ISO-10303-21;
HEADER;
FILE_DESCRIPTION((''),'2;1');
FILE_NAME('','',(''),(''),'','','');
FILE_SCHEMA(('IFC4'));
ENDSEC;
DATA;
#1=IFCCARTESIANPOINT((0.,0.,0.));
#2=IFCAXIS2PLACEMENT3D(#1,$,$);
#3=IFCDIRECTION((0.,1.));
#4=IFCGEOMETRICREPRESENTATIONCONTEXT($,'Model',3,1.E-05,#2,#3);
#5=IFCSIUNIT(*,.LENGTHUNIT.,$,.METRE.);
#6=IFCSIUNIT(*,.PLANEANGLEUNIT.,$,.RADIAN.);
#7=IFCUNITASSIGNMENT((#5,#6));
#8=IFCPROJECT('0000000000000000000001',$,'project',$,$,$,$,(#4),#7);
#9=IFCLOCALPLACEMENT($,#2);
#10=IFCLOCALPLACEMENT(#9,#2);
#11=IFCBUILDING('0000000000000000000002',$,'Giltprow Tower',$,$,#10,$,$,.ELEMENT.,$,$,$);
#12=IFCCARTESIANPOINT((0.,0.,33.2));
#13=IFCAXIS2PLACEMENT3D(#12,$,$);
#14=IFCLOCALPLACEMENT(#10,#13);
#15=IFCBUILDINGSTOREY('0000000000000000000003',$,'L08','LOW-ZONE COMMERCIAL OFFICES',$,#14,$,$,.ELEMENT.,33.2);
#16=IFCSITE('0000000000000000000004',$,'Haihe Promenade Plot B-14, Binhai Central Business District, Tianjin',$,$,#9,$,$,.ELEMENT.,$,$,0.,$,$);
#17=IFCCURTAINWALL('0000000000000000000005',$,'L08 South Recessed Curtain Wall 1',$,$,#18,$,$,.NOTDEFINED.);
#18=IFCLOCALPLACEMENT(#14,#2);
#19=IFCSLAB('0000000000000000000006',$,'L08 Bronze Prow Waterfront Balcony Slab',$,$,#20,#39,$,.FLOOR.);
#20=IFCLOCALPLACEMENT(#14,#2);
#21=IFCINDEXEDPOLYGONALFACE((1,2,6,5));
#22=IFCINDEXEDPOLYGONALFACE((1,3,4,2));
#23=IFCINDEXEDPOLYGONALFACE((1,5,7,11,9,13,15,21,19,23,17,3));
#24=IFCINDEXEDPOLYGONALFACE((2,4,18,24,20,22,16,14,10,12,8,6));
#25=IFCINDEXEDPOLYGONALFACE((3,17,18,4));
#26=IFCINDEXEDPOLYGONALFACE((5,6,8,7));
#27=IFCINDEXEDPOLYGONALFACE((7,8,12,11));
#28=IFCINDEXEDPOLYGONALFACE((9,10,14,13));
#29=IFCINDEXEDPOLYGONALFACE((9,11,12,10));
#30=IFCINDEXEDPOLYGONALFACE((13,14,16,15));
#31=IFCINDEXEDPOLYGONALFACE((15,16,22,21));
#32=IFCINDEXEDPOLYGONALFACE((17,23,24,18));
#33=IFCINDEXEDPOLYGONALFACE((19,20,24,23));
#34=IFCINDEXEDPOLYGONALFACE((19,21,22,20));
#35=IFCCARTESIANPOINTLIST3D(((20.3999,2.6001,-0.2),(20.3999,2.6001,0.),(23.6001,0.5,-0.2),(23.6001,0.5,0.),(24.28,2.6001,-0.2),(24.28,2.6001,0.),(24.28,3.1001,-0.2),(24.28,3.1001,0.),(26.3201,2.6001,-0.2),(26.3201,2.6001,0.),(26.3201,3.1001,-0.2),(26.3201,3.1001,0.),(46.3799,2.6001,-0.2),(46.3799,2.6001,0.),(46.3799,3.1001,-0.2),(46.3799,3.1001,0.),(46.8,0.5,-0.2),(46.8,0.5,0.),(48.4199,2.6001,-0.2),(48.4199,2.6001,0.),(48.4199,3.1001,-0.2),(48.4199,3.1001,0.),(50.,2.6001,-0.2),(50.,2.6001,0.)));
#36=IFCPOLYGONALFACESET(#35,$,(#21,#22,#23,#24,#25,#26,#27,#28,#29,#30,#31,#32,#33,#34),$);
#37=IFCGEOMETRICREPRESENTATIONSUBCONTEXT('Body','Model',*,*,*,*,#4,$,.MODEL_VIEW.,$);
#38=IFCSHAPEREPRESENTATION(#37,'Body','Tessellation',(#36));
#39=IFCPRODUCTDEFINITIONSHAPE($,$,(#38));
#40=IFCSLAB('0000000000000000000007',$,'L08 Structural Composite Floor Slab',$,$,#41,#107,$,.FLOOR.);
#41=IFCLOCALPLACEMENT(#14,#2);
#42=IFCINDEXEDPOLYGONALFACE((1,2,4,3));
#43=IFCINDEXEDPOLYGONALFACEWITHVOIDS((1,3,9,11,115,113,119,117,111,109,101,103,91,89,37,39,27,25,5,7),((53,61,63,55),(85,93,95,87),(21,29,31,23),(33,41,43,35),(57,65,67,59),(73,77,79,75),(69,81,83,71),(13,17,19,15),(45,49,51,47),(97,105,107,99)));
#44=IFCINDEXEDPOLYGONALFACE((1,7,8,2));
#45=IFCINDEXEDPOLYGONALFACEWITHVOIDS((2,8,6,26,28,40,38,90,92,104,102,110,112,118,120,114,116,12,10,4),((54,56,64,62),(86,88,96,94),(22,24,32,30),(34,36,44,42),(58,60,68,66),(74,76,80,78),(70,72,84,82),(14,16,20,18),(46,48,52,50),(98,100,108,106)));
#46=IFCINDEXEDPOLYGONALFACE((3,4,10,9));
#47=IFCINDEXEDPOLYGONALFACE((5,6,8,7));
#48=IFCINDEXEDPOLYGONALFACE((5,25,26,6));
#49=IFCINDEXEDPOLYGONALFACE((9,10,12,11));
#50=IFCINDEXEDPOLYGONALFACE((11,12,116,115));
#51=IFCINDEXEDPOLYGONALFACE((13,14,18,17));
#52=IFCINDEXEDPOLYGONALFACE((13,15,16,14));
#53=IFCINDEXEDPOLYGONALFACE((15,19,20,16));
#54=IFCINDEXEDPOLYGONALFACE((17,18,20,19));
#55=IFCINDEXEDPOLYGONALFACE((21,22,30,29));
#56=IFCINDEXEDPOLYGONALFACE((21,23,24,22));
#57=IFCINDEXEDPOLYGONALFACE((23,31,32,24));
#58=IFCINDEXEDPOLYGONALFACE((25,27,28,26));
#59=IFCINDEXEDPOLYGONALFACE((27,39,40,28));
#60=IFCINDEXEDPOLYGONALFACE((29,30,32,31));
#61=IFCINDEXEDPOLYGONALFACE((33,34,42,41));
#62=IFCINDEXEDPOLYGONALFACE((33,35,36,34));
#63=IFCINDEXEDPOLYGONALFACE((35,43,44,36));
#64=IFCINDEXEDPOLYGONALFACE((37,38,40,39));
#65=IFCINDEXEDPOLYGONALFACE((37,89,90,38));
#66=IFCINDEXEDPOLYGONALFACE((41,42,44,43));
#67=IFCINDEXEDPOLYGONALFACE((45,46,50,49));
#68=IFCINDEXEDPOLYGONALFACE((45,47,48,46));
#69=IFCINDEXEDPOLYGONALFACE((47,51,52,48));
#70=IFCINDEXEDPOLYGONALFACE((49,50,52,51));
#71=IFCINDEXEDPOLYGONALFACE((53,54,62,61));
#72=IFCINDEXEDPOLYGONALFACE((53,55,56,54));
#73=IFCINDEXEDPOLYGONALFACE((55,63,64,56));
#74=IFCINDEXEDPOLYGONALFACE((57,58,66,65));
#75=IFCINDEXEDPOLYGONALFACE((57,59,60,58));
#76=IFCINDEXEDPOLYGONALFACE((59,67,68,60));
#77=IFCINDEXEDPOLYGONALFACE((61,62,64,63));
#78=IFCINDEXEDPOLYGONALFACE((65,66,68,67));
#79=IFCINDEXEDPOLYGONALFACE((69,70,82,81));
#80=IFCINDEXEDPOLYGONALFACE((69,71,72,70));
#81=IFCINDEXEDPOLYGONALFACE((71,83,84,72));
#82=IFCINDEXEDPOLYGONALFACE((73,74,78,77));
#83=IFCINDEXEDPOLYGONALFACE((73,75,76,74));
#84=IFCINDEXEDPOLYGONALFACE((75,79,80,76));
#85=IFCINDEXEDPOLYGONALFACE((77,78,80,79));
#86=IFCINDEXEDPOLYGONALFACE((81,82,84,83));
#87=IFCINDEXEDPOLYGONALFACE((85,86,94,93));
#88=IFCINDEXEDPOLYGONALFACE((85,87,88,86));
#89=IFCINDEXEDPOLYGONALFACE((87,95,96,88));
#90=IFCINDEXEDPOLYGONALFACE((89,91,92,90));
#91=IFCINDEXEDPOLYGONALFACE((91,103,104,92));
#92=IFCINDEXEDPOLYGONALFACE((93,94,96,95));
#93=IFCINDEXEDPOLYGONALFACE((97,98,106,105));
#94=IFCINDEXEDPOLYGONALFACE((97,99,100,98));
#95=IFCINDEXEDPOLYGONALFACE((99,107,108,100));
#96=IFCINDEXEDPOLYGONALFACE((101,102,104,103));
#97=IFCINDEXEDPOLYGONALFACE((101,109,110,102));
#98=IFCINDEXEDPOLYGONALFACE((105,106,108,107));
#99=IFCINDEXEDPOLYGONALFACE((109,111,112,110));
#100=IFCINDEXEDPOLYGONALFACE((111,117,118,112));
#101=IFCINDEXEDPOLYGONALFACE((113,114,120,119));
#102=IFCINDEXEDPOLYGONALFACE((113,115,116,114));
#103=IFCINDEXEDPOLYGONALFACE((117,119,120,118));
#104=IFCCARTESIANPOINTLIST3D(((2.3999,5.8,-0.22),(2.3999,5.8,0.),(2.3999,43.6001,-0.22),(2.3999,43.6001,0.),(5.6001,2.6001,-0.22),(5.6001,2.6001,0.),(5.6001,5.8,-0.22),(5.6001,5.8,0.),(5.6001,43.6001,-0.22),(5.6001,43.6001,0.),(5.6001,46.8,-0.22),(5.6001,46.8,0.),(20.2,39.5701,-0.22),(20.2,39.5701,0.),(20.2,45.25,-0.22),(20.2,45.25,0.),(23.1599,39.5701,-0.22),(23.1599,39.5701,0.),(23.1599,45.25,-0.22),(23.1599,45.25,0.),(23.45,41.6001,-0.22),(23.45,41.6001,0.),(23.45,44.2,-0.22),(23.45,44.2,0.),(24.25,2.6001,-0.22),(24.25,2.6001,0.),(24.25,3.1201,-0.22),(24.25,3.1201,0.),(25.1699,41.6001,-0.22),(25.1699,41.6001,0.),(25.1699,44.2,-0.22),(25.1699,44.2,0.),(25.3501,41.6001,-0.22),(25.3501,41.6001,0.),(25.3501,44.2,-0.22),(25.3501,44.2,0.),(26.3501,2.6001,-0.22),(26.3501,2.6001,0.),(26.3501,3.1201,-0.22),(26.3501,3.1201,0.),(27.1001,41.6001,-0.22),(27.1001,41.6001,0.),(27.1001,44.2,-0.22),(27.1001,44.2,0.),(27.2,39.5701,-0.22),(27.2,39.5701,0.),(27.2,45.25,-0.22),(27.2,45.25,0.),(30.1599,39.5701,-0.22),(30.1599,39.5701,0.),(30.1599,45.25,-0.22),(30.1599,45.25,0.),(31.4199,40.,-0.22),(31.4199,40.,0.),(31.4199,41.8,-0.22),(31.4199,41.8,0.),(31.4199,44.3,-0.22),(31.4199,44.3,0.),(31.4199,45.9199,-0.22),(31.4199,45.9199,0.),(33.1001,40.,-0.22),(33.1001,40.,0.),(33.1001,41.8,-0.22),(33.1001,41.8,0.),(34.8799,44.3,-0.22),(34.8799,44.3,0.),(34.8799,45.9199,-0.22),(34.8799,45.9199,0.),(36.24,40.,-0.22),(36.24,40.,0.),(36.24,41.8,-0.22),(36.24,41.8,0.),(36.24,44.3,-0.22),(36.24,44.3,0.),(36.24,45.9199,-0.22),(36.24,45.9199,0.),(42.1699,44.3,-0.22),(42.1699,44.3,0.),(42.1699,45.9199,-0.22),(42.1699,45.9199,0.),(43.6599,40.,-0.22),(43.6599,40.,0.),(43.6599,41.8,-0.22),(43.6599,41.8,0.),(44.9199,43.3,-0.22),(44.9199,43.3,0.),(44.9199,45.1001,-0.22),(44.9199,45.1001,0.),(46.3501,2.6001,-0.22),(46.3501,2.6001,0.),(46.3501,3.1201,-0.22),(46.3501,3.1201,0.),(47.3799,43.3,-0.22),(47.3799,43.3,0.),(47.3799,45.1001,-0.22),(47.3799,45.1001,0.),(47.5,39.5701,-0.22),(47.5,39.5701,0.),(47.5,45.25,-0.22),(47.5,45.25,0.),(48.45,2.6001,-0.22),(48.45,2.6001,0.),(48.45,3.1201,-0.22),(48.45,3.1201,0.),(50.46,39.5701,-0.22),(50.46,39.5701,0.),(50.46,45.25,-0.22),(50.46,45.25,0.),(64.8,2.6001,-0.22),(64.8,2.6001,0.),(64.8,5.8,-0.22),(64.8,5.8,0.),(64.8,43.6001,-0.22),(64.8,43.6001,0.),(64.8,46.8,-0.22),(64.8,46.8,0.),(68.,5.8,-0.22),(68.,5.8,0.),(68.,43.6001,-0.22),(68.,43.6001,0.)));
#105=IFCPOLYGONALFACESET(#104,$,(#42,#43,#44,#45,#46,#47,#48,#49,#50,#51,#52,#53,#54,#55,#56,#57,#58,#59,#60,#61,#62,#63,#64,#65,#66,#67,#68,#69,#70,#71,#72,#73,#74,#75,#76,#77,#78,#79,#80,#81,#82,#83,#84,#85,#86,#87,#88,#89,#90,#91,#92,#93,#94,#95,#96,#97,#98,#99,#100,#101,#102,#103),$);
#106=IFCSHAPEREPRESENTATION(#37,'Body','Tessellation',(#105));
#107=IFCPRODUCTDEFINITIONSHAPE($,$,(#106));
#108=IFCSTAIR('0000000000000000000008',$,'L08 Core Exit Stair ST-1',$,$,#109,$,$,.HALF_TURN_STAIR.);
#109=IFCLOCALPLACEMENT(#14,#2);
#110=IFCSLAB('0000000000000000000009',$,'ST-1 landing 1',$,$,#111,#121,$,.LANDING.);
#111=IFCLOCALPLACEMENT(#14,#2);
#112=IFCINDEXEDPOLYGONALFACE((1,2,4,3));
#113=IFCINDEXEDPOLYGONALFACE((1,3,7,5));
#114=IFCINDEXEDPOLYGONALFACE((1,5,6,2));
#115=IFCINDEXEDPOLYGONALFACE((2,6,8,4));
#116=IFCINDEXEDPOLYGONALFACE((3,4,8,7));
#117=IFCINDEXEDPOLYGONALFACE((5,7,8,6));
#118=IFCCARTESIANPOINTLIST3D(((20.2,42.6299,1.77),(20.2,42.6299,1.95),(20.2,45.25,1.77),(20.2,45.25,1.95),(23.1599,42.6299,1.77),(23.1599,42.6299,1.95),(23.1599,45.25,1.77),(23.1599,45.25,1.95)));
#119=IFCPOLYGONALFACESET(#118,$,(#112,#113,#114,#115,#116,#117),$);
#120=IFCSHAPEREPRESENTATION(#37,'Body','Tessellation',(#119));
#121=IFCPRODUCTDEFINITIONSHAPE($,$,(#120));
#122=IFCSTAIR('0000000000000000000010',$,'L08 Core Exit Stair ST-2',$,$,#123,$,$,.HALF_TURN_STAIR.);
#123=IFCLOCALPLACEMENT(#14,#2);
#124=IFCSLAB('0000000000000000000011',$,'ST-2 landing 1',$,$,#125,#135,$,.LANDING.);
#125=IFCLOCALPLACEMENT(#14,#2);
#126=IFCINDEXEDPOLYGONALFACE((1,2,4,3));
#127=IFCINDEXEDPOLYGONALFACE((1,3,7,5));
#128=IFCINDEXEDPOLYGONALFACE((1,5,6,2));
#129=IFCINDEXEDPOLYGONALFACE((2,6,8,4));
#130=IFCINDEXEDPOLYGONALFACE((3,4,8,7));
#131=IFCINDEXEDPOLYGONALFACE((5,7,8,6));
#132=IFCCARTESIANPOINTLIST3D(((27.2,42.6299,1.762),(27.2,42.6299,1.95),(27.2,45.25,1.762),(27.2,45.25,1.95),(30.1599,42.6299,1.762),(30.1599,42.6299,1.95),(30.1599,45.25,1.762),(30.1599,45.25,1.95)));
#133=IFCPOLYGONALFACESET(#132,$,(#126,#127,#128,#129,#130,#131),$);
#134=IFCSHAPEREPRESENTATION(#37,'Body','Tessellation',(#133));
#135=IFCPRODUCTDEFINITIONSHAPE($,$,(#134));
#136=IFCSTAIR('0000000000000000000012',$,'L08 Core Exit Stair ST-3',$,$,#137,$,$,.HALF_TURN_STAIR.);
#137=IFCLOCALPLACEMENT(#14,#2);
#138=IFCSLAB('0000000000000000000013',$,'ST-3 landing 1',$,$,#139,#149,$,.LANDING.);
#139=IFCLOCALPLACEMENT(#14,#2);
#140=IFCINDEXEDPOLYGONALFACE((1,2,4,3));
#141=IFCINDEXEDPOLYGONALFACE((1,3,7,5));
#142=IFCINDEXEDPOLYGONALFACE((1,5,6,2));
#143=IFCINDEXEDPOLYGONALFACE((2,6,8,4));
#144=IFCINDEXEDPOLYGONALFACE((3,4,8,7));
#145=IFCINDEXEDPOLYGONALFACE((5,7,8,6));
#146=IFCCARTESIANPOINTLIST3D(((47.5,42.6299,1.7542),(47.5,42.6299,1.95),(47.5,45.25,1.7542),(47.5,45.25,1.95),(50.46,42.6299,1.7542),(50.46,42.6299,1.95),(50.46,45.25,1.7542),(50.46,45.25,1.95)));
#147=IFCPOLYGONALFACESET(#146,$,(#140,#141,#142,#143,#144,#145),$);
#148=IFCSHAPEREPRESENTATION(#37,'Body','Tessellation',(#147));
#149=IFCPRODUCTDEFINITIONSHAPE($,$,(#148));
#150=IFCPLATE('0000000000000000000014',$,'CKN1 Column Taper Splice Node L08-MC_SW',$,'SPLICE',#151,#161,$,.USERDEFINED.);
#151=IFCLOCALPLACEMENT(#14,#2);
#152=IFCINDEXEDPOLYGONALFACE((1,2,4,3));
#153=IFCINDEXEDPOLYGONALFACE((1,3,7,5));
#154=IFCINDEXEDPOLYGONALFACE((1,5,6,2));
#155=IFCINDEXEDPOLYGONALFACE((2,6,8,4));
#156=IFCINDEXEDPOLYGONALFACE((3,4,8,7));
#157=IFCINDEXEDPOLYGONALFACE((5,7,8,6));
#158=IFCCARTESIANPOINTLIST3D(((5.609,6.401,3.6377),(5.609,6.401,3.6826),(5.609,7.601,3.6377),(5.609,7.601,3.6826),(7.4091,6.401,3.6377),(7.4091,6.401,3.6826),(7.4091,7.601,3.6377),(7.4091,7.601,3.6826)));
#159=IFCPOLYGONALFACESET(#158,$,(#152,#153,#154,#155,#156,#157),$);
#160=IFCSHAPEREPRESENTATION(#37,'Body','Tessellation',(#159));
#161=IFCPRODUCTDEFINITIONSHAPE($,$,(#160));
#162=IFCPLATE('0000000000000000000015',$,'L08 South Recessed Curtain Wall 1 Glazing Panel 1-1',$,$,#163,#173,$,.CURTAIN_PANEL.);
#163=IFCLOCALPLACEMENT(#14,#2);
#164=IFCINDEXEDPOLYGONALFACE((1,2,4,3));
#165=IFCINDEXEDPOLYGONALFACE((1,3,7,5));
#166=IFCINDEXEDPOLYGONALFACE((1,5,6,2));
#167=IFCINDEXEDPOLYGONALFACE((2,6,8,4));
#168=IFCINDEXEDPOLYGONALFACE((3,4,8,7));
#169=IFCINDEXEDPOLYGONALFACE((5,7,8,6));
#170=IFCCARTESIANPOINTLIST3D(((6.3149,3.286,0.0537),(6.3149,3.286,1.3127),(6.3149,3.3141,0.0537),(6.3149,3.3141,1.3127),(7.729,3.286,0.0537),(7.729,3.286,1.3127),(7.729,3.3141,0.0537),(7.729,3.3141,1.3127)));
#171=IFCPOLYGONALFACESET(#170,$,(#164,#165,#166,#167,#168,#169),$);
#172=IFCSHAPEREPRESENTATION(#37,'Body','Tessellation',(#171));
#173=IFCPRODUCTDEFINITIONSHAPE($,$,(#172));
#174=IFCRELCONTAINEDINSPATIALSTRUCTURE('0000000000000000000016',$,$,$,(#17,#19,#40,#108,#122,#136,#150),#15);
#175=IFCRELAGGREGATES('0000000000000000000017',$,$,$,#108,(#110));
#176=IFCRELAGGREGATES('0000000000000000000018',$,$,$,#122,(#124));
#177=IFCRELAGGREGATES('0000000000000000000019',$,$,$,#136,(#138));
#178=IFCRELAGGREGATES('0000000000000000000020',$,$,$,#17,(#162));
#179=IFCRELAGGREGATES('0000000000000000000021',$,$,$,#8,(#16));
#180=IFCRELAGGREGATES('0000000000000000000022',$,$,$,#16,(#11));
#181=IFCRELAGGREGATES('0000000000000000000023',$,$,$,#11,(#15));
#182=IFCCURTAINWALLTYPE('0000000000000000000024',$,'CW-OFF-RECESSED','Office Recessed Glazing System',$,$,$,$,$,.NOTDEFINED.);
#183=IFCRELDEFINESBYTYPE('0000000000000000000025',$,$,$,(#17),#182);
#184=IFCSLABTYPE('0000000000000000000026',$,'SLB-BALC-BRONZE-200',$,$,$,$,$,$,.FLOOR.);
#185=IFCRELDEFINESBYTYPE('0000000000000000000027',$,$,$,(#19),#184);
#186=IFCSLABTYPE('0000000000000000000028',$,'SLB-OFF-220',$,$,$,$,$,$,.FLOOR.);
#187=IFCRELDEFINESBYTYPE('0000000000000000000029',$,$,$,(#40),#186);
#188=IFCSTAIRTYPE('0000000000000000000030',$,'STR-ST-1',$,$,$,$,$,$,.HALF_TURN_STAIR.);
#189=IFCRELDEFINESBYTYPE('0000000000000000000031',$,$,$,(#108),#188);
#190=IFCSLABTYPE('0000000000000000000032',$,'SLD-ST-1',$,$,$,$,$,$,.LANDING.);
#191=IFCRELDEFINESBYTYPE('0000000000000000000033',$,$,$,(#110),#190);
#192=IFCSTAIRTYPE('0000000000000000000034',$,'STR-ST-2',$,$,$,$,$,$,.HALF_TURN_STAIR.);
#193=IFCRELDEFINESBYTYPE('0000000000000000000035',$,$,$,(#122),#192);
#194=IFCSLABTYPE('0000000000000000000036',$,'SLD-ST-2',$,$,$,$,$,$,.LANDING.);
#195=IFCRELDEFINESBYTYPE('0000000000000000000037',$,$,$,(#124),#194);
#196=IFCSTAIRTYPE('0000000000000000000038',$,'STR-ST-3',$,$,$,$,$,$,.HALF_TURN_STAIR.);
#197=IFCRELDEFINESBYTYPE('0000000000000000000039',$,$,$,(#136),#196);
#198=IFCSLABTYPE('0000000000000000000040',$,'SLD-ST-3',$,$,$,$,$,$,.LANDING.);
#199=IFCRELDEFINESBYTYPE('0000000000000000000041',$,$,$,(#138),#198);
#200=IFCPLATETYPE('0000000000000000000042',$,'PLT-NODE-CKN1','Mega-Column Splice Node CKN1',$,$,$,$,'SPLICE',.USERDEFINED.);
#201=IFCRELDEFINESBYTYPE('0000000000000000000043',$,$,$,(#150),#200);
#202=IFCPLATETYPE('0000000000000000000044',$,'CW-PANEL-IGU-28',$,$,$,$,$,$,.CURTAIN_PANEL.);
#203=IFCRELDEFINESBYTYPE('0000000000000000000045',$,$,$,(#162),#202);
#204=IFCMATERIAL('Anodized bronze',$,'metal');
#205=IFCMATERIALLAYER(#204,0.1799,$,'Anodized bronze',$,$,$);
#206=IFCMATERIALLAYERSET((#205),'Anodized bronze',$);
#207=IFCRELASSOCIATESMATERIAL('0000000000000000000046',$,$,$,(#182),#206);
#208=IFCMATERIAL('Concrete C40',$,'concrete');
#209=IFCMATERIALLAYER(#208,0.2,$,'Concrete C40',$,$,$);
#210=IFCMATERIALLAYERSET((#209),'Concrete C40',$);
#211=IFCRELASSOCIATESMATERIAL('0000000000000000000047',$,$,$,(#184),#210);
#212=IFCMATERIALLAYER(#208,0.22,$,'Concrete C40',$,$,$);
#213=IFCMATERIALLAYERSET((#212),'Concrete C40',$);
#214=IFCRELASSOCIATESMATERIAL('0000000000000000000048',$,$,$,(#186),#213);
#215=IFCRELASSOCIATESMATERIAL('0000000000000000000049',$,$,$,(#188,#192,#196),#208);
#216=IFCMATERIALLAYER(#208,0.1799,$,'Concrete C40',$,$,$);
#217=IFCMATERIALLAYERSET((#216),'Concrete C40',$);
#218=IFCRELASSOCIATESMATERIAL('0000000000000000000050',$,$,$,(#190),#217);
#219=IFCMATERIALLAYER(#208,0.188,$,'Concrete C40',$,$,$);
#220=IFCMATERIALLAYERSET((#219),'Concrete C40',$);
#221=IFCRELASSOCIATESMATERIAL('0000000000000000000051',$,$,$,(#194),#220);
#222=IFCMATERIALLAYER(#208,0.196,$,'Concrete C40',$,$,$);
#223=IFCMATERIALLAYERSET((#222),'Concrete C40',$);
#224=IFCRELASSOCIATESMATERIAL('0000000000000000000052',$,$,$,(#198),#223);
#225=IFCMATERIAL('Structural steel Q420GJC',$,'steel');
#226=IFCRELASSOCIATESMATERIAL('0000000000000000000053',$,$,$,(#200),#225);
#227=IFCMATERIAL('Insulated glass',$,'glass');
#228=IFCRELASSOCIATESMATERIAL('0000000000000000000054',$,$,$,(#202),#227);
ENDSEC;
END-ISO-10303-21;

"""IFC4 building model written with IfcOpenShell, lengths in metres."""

from ifc_helpers import new_model, si_unit, direction, frame, origin, origin_2d, place, context, subcontext, project, spatial, polyline, rectangle, outline, extrude, source, transform, mapped, material, layer, layer_set, type_object, element, aggregate, save


model = new_model("IFC4")

# Units and contexts
model_context = context("Model", 3, precision=1e-05, world=origin(), true_north=direction((0.0, 1.0)))
body_context = subcontext(model_context, "Body", "Model", "MODEL_VIEW")
ifc_project = project(units=[si_unit("LENGTHUNIT", "METRE"), si_unit("PLANEANGLEUNIT", "RADIAN")], contexts=[model_context])

# Site, building, storey
site_placement = place(None, origin())
site = spatial("IfcSite", under=ifc_project, at=site_placement, Name="Haihe Promenade Plot B-14, Binhai Central Business District, Tianjin", CompositionType="ELEMENT", RefElevation=0.0)
building_placement = place(site_placement, origin())
building = spatial("IfcBuilding", under=site, at=building_placement, Name="Giltprow Tower", CompositionType="ELEMENT")
storey_placement = place(building_placement, frame((0.0, 0.0, 33.2)))
storey = spatial("IfcBuildingStorey", under=building, at=storey_placement, Name="L08", Description="LOW-ZONE COMMERCIAL OFFICES", CompositionType="ELEMENT", Elevation=33.2)

# Shared definitions
ifc_material_1 = material(Name="Structural steel Q420GJC", Category="steel")

# Curtain wall
ifc_material_2 = material(Name="Anodized bronze", Category="metal")
ifc_layer_1 = layer(ifc_material_2, 0.1799, Name="Anodized bronze")
ifc_layer_set_1 = layer_set([ifc_layer_1], Name="Anodized bronze")
curtain_wall_type = type_object("IfcCurtainWallType", Name="CW-OFF-RECESSED", Description="Office Recessed Glazing System", PredefinedType="NOTDEFINED", material=ifc_layer_set_1)
curtain_wall_placement = place(storey_placement, origin())
curtain_wall = element("IfcCurtainWall", 1, at=curtain_wall_placement, inside=storey, type_object=curtain_wall_type, Name="L08 South Recessed Curtain Wall 1", PredefinedType="NOTDEFINED")

# Slabs
ifc_material_3 = material(Name="Concrete C40", Category="concrete")
ifc_layer_2 = layer(ifc_material_3, 0.2, Name="Concrete C40")
ifc_layer_set_2 = layer_set([ifc_layer_2], Name="Concrete C40")
slab_type_1 = type_object("IfcSlabType", Name="SLB-BALC-BRONZE-200", PredefinedType="FLOOR", material=ifc_layer_set_2)
slab_1_placement = place(storey_placement, frame((0.0, 0.0, -0.2)))
element("IfcSlab", 2, at=slab_1_placement, inside=storey, type_object=slab_type_1, Name="L08 Bronze Prow Waterfront Balcony Slab", PredefinedType="FLOOR", context=body_context, shape_type="SweptSolid", body=[
    extrude(outline(polyline([(50.0, 2.6001), (46.8, 0.5), (23.6001, 0.5), (20.3999, 2.6001), (24.28, 2.6001), (24.28, 3.1001), (26.3201, 3.1001), (26.3201, 2.6001), (46.3799, 2.6001), (46.3799, 3.1001), (48.4199, 3.1001), (48.4199, 2.6001), (50.0, 2.6001)])), origin(), (0.0, 0.0, 1.0), 0.2),
])
ifc_layer_3 = layer(ifc_material_3, 0.22, Name="Concrete C40")
ifc_layer_set_3 = layer_set([ifc_layer_3], Name="Concrete C40")
slab_type_2 = type_object("IfcSlabType", Name="SLB-OFF-220", PredefinedType="FLOOR", material=ifc_layer_set_3)
slab_2_placement = place(storey_placement, frame((0.0, 0.0, -0.22)))
element("IfcSlab", 3, at=slab_2_placement, inside=storey, type_object=slab_type_2, Name="L08 Structural Composite Floor Slab", PredefinedType="FLOOR", context=body_context, shape_type="SweptSolid", body=[
    extrude(outline(polyline([(5.6001, 2.6001), (5.6001, 5.8), (2.3999, 5.8), (2.3999, 43.6001), (5.6001, 43.6001), (5.6001, 46.8), (64.8, 46.8), (64.8, 43.6001), (68.0, 43.6001), (68.0, 5.8), (64.8, 5.8), (64.8, 2.6001), (48.45, 2.6001), (48.45, 3.1201), (46.3501, 3.1201), (46.3501, 2.6001), (26.3501, 2.6001), (26.3501, 3.1201), (24.25, 3.1201), (24.25, 2.6001), (5.6001, 2.6001)]), holes=[polyline([(33.1001, 41.8), (31.4199, 41.8), (31.4199, 40.0), (33.1001, 40.0), (33.1001, 41.8)]), polyline([(23.1599, 39.5701), (23.1599, 45.25), (20.2, 45.25), (20.2, 39.5701), (23.1599, 39.5701)]), polyline([(30.1599, 45.25), (27.2, 45.25), (27.2, 39.5701), (30.1599, 39.5701), (30.1599, 45.25)]), polyline([(25.1699, 41.6001), (25.1699, 44.2), (23.45, 44.2), (23.45, 41.6001), (25.1699, 41.6001)]), polyline([(27.1001, 41.6001), (27.1001, 44.2), (25.3501, 44.2), (25.3501, 41.6001), (27.1001, 41.6001)]), polyline([(43.6599, 40.0), (43.6599, 41.8), (36.24, 41.8), (36.24, 40.0), (43.6599, 40.0)]), polyline([(50.46, 39.5701), (50.46, 45.25), (47.5, 45.25), (47.5, 39.5701), (50.46, 39.5701)]), polyline([(47.3799, 45.1001), (44.9199, 45.1001), (44.9199, 43.3), (47.3799, 43.3), (47.3799, 45.1001)]), polyline([(34.8799, 44.3), (34.8799, 45.9199), (31.4199, 45.9199), (31.4199, 44.3), (34.8799, 44.3)]), polyline([(42.1699, 44.3), (42.1699, 45.9199), (36.24, 45.9199), (36.24, 44.3), (42.1699, 44.3)])]), origin(), (0.0, 0.0, 1.0), 0.22),
])

# Stairs, slabs
stair_type_1 = type_object("IfcStairType", Name="STR-ST-1", PredefinedType="HALF_TURN_STAIR", material=ifc_material_3)
stair_1_placement = place(storey_placement, origin())
stair_1 = element("IfcStair", 4, at=stair_1_placement, inside=storey, type_object=stair_type_1, Name="L08 Core Exit Stair ST-1", PredefinedType="HALF_TURN_STAIR")
ifc_layer_4 = layer(ifc_material_3, 0.1799, Name="Concrete C40")
ifc_layer_set_4 = layer_set([ifc_layer_4], Name="Concrete C40")
slab_type_3 = type_object("IfcSlabType", Name="SLD-ST-1", PredefinedType="LANDING", material=ifc_layer_set_4)
slab_3_placement = place(storey_placement, frame((0.0, 0.0, 1.77)))
slab_3 = element("IfcSlab", 5, at=slab_3_placement, type_object=slab_type_3, Name="ST-1 landing 1", PredefinedType="LANDING", context=body_context, shape_type="SweptSolid", body=[
    extrude(outline(polyline([(23.1599, 42.6299), (23.1599, 45.25), (20.2, 45.25), (20.2, 42.6299), (23.1599, 42.6299)])), origin(), (0.0, 0.0, 1.0), 0.1799),
])
aggregate(stair_1, [slab_3])
stair_type_2 = type_object("IfcStairType", Name="STR-ST-2", PredefinedType="HALF_TURN_STAIR", material=ifc_material_3)
stair_2_placement = place(storey_placement, origin())
stair_2 = element("IfcStair", 6, at=stair_2_placement, inside=storey, type_object=stair_type_2, Name="L08 Core Exit Stair ST-2", PredefinedType="HALF_TURN_STAIR")
ifc_layer_5 = layer(ifc_material_3, 0.188, Name="Concrete C40")
ifc_layer_set_5 = layer_set([ifc_layer_5], Name="Concrete C40")
slab_type_4 = type_object("IfcSlabType", Name="SLD-ST-2", PredefinedType="LANDING", material=ifc_layer_set_5)
slab_4_placement = place(storey_placement, frame((0.0, 0.0, 1.762)))
slab_4 = element("IfcSlab", 7, at=slab_4_placement, type_object=slab_type_4, Name="ST-2 landing 1", PredefinedType="LANDING", context=body_context, shape_type="SweptSolid", body=[
    extrude(outline(polyline([(30.1599, 42.6299), (30.1599, 45.25), (27.2, 45.25), (27.2, 42.6299), (30.1599, 42.6299)])), origin(), (0.0, 0.0, 1.0), 0.188),
])
aggregate(stair_2, [slab_4])
stair_type_3 = type_object("IfcStairType", Name="STR-ST-3", PredefinedType="HALF_TURN_STAIR", material=ifc_material_3)
stair_3_placement = place(storey_placement, origin())
stair_3 = element("IfcStair", 8, at=stair_3_placement, inside=storey, type_object=stair_type_3, Name="L08 Core Exit Stair ST-3", PredefinedType="HALF_TURN_STAIR")
ifc_layer_6 = layer(ifc_material_3, 0.196, Name="Concrete C40")
ifc_layer_set_6 = layer_set([ifc_layer_6], Name="Concrete C40")
slab_type_5 = type_object("IfcSlabType", Name="SLD-ST-3", PredefinedType="LANDING", material=ifc_layer_set_6)
slab_5_placement = place(storey_placement, frame((0.0, 0.0, 1.7542)))
slab_5 = element("IfcSlab", 9, at=slab_5_placement, type_object=slab_type_5, Name="ST-3 landing 1", PredefinedType="LANDING", context=body_context, shape_type="SweptSolid", body=[
    extrude(outline(polyline([(50.46, 42.6299), (50.46, 45.25), (47.5, 45.25), (47.5, 42.6299), (50.46, 42.6299)])), origin(), (0.0, 0.0, 1.0), 0.1958),
])
aggregate(stair_3, [slab_5])

# Plates
plate_type_1 = type_object("IfcPlateType", Name="PLT-NODE-CKN1", Description="Mega-Column Splice Node CKN1", ElementType="SPLICE", PredefinedType="USERDEFINED", material=ifc_material_1)
shared_shape_1 = source(origin(), body_context, "Body", "SweptSolid", [
    extrude(rectangle(XDim=1.8, YDim=1.2, at=origin_2d()), origin(), (0.0, 0.0, 1.0), 0.0449),
])
plate_1_placement = place(storey_placement, frame((6.509, 7.001, 3.6377), z_axis=(0.0, 0.0, 1.0), x_axis=(1.0, 0.0, 0.0)))
element("IfcPlate", 10, at=plate_1_placement, inside=storey, type_object=plate_type_1, Name="CKN1 Column Taper Splice Node L08-MC_SW", ObjectType="SPLICE", PredefinedType="USERDEFINED", context=body_context, shape_type="MappedRepresentation", body=[
    mapped(shared_shape_1, transform((0.0, 0.0, 0.0), x_axis=(1.0, 0.0, 0.0), y_axis=(0.0, 1.0, 0.0), z_axis=(0.0, 0.0, 1.0), scale=1.0)),
])
ifc_material_4 = material(Name="Insulated glass", Category="glass")
plate_type_2 = type_object("IfcPlateType", Name="CW-PANEL-IGU-28", PredefinedType="CURTAIN_PANEL", material=ifc_material_4)
shared_shape_2 = source(origin(), body_context, "Body", "SweptSolid", [
    extrude(rectangle(XDim=1.4141, YDim=0.0281, at=origin_2d()), origin(), (0.0, 0.0, 1.0), 1.259),
])
plate_2_placement = place(storey_placement, frame((7.022, 3.3, 0.0537), z_axis=(0.0, 0.0, 1.0), x_axis=(1.0, 0.0, 0.0)))
plate_2 = element("IfcPlate", 11, at=plate_2_placement, type_object=plate_type_2, Name="L08 South Recessed Curtain Wall 1 Glazing Panel 1-1", PredefinedType="CURTAIN_PANEL", context=body_context, shape_type="MappedRepresentation", body=[
    mapped(shared_shape_2, transform((0.0, 0.0, 0.0), x_axis=(1.0, 0.0, 0.0), y_axis=(0.0, 1.0, 0.0), z_axis=(0.0, 0.0, 1.0), scale=1.0)),
])
aggregate(curtain_wall, [plate_2])

save(model, "model.ifc")
